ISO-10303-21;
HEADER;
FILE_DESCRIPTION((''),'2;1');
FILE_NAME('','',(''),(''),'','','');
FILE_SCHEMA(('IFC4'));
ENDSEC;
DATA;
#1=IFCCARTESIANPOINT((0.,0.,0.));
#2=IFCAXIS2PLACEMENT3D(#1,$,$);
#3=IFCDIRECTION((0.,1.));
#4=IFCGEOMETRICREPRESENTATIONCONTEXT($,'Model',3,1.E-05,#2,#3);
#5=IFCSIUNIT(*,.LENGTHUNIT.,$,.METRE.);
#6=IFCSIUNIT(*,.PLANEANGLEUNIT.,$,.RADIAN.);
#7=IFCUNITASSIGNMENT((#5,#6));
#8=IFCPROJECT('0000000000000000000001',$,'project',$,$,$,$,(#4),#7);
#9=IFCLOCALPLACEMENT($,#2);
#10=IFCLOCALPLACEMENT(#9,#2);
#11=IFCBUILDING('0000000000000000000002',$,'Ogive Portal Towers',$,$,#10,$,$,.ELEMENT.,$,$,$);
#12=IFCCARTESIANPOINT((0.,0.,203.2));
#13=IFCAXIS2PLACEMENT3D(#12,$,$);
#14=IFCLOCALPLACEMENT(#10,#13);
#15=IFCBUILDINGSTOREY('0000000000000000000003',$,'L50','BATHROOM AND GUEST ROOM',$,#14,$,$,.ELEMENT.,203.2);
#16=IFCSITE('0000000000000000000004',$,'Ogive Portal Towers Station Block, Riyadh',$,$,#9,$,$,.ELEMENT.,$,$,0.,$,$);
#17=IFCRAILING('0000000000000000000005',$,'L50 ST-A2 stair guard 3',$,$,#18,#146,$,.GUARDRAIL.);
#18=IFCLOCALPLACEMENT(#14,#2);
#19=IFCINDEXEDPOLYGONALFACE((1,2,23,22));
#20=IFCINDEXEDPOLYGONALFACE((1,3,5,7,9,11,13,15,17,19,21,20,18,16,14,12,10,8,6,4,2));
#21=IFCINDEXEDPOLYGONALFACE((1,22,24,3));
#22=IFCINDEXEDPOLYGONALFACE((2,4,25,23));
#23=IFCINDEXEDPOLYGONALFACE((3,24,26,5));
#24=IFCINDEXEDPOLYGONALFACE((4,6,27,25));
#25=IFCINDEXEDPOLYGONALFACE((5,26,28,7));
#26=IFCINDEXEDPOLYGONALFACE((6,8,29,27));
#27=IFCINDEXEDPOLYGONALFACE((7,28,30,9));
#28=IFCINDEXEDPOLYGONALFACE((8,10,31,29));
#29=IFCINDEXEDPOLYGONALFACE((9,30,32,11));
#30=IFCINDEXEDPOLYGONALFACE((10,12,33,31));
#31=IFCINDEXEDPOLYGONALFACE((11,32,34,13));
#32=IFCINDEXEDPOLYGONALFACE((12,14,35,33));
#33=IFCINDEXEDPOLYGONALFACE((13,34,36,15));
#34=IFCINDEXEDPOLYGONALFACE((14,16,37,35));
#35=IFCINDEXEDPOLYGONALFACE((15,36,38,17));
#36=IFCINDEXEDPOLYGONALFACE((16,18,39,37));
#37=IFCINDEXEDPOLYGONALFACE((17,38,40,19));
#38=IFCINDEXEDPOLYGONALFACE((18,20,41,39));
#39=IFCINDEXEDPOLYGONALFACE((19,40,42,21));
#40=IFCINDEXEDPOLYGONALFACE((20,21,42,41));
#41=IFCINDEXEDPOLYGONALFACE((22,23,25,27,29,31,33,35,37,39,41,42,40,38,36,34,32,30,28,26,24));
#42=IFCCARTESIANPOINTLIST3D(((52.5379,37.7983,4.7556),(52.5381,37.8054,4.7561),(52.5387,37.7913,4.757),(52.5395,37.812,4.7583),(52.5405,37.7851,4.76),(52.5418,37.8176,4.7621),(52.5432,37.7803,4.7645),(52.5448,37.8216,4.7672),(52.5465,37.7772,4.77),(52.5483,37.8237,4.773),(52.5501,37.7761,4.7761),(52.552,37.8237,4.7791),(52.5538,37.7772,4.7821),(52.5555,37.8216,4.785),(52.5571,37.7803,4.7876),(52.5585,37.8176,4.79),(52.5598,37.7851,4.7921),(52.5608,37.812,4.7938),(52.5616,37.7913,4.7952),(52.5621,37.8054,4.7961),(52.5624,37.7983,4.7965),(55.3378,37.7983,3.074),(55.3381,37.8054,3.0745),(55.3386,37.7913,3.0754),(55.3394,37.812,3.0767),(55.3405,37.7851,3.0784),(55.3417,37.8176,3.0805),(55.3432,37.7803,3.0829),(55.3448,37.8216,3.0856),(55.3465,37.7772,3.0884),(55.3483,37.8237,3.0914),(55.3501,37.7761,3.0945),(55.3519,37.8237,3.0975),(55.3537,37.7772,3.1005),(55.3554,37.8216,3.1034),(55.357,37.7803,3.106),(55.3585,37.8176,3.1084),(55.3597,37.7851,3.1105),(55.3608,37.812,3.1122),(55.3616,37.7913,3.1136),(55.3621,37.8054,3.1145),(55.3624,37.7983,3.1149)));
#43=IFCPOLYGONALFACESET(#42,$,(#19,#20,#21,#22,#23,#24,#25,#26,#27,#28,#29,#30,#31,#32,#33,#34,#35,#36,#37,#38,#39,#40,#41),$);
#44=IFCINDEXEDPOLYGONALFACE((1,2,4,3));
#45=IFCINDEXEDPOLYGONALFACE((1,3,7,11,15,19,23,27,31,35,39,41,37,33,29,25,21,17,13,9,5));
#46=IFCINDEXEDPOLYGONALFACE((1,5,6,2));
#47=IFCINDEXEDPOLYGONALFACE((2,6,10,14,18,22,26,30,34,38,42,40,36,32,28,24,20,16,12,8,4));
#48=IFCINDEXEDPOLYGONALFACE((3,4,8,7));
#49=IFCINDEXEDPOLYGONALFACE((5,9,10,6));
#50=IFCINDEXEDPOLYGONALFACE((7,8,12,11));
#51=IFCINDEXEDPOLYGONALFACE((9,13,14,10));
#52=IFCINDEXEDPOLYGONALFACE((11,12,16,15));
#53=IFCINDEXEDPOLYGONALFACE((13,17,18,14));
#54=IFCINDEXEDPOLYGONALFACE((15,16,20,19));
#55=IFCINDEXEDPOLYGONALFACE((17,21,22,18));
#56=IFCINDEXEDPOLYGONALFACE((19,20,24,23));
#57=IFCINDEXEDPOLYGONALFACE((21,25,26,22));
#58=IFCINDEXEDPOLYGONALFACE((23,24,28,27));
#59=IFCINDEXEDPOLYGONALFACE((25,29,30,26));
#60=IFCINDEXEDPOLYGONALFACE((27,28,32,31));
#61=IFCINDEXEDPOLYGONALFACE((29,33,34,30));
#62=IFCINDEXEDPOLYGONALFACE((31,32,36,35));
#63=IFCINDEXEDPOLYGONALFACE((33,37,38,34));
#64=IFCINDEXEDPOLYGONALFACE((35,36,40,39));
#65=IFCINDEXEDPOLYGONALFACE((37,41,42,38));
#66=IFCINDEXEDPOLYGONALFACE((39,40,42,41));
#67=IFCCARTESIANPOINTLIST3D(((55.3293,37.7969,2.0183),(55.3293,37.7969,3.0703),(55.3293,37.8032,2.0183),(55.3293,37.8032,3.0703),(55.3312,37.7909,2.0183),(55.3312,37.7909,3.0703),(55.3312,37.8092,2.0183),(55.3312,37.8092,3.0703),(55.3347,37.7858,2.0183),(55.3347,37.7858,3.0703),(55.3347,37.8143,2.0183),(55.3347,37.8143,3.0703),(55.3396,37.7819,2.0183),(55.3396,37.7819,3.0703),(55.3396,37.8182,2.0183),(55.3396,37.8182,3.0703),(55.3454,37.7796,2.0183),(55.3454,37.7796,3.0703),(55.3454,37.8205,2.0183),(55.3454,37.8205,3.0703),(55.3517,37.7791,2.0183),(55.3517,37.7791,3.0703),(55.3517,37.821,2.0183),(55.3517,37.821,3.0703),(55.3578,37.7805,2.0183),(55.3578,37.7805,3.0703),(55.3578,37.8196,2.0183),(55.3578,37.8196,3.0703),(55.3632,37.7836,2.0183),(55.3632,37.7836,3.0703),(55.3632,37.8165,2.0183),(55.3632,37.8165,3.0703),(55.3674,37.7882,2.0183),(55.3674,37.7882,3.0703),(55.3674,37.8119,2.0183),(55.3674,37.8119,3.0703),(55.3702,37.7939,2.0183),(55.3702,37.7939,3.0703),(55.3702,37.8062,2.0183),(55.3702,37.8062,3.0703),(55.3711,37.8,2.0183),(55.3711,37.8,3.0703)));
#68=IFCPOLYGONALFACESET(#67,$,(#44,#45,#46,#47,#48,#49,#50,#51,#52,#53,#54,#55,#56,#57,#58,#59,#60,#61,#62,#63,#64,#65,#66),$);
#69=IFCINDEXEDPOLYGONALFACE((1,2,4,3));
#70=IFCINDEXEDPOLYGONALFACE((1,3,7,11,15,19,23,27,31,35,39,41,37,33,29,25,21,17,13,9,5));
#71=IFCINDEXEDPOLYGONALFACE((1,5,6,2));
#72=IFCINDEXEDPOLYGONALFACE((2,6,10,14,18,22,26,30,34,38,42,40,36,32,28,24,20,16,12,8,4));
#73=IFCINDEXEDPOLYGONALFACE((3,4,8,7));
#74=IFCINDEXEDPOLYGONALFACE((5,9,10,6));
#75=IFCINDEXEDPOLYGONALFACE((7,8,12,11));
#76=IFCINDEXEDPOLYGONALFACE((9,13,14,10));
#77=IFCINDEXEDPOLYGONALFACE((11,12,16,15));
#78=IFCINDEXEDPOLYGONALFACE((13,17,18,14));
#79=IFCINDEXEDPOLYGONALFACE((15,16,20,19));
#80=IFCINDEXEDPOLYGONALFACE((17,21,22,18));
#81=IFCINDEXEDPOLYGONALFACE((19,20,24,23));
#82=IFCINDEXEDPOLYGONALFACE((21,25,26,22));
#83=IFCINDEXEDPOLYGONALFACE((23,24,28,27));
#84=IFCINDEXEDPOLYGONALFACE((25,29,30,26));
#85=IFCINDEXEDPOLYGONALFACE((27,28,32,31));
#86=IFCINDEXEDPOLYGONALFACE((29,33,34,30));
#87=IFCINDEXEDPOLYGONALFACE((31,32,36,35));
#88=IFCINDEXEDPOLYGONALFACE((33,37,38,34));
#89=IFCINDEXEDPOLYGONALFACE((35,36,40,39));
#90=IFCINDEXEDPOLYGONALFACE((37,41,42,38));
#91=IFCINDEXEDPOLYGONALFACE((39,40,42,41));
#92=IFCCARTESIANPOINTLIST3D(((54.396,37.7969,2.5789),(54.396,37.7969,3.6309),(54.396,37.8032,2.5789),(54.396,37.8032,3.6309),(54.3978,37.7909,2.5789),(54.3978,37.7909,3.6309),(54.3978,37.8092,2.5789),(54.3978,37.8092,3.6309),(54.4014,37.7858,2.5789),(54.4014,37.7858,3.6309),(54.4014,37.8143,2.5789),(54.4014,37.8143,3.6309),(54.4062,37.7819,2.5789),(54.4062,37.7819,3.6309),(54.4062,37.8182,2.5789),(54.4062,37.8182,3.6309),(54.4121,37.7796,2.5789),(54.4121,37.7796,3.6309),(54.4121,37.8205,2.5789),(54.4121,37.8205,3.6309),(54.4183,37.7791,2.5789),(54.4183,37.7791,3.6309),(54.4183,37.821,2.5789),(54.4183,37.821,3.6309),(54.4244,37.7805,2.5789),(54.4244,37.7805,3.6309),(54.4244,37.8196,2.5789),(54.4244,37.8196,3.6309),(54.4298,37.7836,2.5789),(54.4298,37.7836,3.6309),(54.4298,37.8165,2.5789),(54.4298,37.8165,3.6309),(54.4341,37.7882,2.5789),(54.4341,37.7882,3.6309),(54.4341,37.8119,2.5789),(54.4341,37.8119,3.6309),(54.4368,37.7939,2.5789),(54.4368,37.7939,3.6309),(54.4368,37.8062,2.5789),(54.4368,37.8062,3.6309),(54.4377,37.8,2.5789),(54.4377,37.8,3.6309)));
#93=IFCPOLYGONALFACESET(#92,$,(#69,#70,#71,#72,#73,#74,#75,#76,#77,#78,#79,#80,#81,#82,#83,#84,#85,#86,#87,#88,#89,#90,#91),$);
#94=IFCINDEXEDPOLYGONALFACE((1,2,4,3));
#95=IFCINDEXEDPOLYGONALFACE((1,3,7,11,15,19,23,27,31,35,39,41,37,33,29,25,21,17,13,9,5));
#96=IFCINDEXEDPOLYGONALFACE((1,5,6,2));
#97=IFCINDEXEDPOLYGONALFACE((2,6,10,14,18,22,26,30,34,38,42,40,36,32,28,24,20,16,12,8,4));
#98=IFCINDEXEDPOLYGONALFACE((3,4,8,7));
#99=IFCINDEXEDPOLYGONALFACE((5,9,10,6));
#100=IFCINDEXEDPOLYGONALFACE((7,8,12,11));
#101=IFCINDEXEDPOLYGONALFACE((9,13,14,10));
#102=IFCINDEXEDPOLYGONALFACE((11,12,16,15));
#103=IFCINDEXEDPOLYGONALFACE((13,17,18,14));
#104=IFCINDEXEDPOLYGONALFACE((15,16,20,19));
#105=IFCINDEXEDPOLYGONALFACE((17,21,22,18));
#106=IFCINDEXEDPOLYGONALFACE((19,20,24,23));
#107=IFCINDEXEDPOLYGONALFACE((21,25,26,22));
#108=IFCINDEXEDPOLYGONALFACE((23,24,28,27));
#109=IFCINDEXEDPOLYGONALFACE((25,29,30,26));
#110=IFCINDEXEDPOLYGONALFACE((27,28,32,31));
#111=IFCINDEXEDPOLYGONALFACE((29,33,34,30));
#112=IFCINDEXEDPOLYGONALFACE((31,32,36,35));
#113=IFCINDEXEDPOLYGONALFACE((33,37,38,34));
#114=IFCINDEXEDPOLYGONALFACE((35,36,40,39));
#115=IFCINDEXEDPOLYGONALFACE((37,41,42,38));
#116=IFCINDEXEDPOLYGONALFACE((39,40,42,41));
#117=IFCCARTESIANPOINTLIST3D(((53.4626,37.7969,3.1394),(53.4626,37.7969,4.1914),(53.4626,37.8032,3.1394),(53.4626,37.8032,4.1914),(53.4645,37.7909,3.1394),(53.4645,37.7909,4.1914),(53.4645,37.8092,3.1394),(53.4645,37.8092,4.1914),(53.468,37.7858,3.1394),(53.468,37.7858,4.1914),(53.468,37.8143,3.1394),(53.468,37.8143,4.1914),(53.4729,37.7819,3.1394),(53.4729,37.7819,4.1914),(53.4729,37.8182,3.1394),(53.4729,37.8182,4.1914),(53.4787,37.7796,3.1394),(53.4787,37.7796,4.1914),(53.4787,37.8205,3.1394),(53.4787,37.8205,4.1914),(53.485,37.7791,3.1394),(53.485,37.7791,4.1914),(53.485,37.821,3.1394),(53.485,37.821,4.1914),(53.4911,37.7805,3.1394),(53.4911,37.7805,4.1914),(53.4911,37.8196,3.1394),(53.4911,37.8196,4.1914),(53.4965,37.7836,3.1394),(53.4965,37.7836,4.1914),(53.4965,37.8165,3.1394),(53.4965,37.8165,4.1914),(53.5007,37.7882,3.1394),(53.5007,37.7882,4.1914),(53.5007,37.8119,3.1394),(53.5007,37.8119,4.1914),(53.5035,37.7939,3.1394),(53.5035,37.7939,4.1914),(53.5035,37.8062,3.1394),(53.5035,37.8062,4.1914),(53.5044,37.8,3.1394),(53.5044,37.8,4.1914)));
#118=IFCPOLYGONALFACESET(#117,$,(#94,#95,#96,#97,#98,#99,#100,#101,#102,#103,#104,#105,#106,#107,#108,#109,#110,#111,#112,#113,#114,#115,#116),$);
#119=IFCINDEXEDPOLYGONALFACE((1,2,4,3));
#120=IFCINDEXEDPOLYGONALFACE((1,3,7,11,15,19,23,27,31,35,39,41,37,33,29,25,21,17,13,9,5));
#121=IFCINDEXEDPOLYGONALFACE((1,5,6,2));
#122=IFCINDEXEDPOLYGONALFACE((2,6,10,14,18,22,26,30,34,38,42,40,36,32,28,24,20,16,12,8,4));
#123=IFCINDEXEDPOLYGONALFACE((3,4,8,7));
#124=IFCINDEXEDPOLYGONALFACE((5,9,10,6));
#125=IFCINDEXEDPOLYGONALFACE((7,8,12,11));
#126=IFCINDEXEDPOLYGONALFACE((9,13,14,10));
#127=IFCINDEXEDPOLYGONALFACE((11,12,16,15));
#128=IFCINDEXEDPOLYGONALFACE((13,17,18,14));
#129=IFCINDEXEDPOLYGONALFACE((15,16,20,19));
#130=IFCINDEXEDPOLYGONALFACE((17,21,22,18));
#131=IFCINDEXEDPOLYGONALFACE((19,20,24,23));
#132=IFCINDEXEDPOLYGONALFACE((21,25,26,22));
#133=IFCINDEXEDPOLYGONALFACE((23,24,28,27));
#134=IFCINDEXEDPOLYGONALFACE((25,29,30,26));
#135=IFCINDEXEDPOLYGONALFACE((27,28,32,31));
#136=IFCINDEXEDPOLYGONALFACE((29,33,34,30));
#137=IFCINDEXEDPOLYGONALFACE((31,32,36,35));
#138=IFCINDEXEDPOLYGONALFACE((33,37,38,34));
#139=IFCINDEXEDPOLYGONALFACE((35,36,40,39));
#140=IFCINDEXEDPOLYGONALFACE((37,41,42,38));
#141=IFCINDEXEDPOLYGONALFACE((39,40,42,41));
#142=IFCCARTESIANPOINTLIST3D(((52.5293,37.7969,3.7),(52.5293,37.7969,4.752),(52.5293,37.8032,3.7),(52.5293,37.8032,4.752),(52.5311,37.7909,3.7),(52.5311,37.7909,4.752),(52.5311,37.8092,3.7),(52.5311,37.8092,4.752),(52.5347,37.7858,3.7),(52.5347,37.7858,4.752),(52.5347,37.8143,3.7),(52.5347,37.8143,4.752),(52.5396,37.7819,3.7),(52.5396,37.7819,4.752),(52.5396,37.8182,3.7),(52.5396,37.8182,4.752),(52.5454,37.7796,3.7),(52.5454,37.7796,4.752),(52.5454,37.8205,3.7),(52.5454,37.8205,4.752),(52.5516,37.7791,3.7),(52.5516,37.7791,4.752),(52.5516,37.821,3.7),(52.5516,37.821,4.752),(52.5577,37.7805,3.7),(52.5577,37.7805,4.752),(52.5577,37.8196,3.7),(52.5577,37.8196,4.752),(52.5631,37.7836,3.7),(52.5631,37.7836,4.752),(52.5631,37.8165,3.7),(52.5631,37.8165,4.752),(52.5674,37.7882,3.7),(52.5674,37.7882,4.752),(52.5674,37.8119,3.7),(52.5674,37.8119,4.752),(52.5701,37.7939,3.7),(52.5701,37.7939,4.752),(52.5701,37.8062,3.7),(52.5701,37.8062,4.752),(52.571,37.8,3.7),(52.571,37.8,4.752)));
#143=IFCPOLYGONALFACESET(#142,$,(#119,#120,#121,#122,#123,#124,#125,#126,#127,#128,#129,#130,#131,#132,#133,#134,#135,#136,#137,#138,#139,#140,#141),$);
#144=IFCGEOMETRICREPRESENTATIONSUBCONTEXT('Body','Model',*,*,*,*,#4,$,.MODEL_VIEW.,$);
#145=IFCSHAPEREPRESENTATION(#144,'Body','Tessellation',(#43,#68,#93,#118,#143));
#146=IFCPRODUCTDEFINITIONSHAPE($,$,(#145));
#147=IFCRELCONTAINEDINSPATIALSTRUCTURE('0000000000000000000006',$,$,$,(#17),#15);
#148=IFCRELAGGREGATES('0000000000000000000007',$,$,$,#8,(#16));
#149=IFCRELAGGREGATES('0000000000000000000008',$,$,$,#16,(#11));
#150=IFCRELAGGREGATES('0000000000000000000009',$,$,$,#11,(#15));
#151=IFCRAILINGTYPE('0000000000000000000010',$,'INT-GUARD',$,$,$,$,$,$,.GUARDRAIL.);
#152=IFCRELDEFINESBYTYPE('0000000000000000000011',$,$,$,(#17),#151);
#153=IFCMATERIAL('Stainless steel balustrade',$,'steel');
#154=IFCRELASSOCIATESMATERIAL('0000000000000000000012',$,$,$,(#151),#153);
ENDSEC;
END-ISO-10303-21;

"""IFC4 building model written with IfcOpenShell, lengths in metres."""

from ifc_helpers import new_model, si_unit, direction, frame, origin, origin_2d, place, context, subcontext, project, spatial, circle, extrude, material, type_object, element, save


model = new_model("IFC4")

# Units and contexts
model_context = context("Model", 3, precision=1e-05, world=origin(), true_north=direction((0.0, 1.0)))
body_context = subcontext(model_context, "Body", "Model", "MODEL_VIEW")
ifc_project = project(units=[si_unit("LENGTHUNIT", "METRE"), si_unit("PLANEANGLEUNIT", "RADIAN")], contexts=[model_context])

# Site, building, storey
site_placement = place(None, origin())
site = spatial("IfcSite", under=ifc_project, at=site_placement, Name="Ogive Portal Towers Station Block, Riyadh", CompositionType="ELEMENT", RefElevation=0.0)
building_placement = place(site_placement, origin())
building = spatial("IfcBuilding", under=site, at=building_placement, Name="Ogive Portal Towers", CompositionType="ELEMENT")
storey_placement = place(building_placement, frame((0.0, 0.0, 203.2)))
storey = spatial("IfcBuildingStorey", under=building, at=storey_placement, Name="L50", Description="BATHROOM AND GUEST ROOM", CompositionType="ELEMENT", Elevation=203.2)

# Railing
ifc_material_1 = material(Name="Stainless steel balustrade", Category="steel")
railing_type_1 = type_object("IfcRailingType", Name="INT-GUARD", PredefinedType="GUARDRAIL", material=ifc_material_1)
railing_1_placement = place(storey_placement, frame((55.3501, 37.8, 2.0183)))
element("IfcRailing", 1, at=railing_1_placement, inside=storey, type_object=railing_type_1, Name="L50 ST-A2 stair guard 3", PredefinedType="GUARDRAIL", context=body_context, shape_type="SweptSolid", body=[
    extrude(circle(Radius=0.0239, at=origin_2d()), frame((0.0, 0.0, 1.0762), z_axis=(-0.857275, 0.0, 0.514858), x_axis=(0.0, -1.0, 0.0)), (0.0, 0.0, 1.0), 3.2661),
    extrude(circle(Radius=0.021, at=origin_2d()), origin(), (0.0, 0.0, 1.0), 1.052),
    extrude(circle(Radius=0.021, at=origin_2d()), frame((-0.9333, 0.0, 0.5605)), (0.0, 0.0, 1.0), 1.052),
    extrude(circle(Radius=0.021, at=origin_2d()), frame((-1.8667, 0.0, 1.1211)), (0.0, 0.0, 1.0), 1.052),
    extrude(circle(Radius=0.021, at=origin_2d()), frame((-2.8, 0.0, 1.6816)), (0.0, 0.0, 1.0), 1.052),
])

save(model, "model.ifc")
